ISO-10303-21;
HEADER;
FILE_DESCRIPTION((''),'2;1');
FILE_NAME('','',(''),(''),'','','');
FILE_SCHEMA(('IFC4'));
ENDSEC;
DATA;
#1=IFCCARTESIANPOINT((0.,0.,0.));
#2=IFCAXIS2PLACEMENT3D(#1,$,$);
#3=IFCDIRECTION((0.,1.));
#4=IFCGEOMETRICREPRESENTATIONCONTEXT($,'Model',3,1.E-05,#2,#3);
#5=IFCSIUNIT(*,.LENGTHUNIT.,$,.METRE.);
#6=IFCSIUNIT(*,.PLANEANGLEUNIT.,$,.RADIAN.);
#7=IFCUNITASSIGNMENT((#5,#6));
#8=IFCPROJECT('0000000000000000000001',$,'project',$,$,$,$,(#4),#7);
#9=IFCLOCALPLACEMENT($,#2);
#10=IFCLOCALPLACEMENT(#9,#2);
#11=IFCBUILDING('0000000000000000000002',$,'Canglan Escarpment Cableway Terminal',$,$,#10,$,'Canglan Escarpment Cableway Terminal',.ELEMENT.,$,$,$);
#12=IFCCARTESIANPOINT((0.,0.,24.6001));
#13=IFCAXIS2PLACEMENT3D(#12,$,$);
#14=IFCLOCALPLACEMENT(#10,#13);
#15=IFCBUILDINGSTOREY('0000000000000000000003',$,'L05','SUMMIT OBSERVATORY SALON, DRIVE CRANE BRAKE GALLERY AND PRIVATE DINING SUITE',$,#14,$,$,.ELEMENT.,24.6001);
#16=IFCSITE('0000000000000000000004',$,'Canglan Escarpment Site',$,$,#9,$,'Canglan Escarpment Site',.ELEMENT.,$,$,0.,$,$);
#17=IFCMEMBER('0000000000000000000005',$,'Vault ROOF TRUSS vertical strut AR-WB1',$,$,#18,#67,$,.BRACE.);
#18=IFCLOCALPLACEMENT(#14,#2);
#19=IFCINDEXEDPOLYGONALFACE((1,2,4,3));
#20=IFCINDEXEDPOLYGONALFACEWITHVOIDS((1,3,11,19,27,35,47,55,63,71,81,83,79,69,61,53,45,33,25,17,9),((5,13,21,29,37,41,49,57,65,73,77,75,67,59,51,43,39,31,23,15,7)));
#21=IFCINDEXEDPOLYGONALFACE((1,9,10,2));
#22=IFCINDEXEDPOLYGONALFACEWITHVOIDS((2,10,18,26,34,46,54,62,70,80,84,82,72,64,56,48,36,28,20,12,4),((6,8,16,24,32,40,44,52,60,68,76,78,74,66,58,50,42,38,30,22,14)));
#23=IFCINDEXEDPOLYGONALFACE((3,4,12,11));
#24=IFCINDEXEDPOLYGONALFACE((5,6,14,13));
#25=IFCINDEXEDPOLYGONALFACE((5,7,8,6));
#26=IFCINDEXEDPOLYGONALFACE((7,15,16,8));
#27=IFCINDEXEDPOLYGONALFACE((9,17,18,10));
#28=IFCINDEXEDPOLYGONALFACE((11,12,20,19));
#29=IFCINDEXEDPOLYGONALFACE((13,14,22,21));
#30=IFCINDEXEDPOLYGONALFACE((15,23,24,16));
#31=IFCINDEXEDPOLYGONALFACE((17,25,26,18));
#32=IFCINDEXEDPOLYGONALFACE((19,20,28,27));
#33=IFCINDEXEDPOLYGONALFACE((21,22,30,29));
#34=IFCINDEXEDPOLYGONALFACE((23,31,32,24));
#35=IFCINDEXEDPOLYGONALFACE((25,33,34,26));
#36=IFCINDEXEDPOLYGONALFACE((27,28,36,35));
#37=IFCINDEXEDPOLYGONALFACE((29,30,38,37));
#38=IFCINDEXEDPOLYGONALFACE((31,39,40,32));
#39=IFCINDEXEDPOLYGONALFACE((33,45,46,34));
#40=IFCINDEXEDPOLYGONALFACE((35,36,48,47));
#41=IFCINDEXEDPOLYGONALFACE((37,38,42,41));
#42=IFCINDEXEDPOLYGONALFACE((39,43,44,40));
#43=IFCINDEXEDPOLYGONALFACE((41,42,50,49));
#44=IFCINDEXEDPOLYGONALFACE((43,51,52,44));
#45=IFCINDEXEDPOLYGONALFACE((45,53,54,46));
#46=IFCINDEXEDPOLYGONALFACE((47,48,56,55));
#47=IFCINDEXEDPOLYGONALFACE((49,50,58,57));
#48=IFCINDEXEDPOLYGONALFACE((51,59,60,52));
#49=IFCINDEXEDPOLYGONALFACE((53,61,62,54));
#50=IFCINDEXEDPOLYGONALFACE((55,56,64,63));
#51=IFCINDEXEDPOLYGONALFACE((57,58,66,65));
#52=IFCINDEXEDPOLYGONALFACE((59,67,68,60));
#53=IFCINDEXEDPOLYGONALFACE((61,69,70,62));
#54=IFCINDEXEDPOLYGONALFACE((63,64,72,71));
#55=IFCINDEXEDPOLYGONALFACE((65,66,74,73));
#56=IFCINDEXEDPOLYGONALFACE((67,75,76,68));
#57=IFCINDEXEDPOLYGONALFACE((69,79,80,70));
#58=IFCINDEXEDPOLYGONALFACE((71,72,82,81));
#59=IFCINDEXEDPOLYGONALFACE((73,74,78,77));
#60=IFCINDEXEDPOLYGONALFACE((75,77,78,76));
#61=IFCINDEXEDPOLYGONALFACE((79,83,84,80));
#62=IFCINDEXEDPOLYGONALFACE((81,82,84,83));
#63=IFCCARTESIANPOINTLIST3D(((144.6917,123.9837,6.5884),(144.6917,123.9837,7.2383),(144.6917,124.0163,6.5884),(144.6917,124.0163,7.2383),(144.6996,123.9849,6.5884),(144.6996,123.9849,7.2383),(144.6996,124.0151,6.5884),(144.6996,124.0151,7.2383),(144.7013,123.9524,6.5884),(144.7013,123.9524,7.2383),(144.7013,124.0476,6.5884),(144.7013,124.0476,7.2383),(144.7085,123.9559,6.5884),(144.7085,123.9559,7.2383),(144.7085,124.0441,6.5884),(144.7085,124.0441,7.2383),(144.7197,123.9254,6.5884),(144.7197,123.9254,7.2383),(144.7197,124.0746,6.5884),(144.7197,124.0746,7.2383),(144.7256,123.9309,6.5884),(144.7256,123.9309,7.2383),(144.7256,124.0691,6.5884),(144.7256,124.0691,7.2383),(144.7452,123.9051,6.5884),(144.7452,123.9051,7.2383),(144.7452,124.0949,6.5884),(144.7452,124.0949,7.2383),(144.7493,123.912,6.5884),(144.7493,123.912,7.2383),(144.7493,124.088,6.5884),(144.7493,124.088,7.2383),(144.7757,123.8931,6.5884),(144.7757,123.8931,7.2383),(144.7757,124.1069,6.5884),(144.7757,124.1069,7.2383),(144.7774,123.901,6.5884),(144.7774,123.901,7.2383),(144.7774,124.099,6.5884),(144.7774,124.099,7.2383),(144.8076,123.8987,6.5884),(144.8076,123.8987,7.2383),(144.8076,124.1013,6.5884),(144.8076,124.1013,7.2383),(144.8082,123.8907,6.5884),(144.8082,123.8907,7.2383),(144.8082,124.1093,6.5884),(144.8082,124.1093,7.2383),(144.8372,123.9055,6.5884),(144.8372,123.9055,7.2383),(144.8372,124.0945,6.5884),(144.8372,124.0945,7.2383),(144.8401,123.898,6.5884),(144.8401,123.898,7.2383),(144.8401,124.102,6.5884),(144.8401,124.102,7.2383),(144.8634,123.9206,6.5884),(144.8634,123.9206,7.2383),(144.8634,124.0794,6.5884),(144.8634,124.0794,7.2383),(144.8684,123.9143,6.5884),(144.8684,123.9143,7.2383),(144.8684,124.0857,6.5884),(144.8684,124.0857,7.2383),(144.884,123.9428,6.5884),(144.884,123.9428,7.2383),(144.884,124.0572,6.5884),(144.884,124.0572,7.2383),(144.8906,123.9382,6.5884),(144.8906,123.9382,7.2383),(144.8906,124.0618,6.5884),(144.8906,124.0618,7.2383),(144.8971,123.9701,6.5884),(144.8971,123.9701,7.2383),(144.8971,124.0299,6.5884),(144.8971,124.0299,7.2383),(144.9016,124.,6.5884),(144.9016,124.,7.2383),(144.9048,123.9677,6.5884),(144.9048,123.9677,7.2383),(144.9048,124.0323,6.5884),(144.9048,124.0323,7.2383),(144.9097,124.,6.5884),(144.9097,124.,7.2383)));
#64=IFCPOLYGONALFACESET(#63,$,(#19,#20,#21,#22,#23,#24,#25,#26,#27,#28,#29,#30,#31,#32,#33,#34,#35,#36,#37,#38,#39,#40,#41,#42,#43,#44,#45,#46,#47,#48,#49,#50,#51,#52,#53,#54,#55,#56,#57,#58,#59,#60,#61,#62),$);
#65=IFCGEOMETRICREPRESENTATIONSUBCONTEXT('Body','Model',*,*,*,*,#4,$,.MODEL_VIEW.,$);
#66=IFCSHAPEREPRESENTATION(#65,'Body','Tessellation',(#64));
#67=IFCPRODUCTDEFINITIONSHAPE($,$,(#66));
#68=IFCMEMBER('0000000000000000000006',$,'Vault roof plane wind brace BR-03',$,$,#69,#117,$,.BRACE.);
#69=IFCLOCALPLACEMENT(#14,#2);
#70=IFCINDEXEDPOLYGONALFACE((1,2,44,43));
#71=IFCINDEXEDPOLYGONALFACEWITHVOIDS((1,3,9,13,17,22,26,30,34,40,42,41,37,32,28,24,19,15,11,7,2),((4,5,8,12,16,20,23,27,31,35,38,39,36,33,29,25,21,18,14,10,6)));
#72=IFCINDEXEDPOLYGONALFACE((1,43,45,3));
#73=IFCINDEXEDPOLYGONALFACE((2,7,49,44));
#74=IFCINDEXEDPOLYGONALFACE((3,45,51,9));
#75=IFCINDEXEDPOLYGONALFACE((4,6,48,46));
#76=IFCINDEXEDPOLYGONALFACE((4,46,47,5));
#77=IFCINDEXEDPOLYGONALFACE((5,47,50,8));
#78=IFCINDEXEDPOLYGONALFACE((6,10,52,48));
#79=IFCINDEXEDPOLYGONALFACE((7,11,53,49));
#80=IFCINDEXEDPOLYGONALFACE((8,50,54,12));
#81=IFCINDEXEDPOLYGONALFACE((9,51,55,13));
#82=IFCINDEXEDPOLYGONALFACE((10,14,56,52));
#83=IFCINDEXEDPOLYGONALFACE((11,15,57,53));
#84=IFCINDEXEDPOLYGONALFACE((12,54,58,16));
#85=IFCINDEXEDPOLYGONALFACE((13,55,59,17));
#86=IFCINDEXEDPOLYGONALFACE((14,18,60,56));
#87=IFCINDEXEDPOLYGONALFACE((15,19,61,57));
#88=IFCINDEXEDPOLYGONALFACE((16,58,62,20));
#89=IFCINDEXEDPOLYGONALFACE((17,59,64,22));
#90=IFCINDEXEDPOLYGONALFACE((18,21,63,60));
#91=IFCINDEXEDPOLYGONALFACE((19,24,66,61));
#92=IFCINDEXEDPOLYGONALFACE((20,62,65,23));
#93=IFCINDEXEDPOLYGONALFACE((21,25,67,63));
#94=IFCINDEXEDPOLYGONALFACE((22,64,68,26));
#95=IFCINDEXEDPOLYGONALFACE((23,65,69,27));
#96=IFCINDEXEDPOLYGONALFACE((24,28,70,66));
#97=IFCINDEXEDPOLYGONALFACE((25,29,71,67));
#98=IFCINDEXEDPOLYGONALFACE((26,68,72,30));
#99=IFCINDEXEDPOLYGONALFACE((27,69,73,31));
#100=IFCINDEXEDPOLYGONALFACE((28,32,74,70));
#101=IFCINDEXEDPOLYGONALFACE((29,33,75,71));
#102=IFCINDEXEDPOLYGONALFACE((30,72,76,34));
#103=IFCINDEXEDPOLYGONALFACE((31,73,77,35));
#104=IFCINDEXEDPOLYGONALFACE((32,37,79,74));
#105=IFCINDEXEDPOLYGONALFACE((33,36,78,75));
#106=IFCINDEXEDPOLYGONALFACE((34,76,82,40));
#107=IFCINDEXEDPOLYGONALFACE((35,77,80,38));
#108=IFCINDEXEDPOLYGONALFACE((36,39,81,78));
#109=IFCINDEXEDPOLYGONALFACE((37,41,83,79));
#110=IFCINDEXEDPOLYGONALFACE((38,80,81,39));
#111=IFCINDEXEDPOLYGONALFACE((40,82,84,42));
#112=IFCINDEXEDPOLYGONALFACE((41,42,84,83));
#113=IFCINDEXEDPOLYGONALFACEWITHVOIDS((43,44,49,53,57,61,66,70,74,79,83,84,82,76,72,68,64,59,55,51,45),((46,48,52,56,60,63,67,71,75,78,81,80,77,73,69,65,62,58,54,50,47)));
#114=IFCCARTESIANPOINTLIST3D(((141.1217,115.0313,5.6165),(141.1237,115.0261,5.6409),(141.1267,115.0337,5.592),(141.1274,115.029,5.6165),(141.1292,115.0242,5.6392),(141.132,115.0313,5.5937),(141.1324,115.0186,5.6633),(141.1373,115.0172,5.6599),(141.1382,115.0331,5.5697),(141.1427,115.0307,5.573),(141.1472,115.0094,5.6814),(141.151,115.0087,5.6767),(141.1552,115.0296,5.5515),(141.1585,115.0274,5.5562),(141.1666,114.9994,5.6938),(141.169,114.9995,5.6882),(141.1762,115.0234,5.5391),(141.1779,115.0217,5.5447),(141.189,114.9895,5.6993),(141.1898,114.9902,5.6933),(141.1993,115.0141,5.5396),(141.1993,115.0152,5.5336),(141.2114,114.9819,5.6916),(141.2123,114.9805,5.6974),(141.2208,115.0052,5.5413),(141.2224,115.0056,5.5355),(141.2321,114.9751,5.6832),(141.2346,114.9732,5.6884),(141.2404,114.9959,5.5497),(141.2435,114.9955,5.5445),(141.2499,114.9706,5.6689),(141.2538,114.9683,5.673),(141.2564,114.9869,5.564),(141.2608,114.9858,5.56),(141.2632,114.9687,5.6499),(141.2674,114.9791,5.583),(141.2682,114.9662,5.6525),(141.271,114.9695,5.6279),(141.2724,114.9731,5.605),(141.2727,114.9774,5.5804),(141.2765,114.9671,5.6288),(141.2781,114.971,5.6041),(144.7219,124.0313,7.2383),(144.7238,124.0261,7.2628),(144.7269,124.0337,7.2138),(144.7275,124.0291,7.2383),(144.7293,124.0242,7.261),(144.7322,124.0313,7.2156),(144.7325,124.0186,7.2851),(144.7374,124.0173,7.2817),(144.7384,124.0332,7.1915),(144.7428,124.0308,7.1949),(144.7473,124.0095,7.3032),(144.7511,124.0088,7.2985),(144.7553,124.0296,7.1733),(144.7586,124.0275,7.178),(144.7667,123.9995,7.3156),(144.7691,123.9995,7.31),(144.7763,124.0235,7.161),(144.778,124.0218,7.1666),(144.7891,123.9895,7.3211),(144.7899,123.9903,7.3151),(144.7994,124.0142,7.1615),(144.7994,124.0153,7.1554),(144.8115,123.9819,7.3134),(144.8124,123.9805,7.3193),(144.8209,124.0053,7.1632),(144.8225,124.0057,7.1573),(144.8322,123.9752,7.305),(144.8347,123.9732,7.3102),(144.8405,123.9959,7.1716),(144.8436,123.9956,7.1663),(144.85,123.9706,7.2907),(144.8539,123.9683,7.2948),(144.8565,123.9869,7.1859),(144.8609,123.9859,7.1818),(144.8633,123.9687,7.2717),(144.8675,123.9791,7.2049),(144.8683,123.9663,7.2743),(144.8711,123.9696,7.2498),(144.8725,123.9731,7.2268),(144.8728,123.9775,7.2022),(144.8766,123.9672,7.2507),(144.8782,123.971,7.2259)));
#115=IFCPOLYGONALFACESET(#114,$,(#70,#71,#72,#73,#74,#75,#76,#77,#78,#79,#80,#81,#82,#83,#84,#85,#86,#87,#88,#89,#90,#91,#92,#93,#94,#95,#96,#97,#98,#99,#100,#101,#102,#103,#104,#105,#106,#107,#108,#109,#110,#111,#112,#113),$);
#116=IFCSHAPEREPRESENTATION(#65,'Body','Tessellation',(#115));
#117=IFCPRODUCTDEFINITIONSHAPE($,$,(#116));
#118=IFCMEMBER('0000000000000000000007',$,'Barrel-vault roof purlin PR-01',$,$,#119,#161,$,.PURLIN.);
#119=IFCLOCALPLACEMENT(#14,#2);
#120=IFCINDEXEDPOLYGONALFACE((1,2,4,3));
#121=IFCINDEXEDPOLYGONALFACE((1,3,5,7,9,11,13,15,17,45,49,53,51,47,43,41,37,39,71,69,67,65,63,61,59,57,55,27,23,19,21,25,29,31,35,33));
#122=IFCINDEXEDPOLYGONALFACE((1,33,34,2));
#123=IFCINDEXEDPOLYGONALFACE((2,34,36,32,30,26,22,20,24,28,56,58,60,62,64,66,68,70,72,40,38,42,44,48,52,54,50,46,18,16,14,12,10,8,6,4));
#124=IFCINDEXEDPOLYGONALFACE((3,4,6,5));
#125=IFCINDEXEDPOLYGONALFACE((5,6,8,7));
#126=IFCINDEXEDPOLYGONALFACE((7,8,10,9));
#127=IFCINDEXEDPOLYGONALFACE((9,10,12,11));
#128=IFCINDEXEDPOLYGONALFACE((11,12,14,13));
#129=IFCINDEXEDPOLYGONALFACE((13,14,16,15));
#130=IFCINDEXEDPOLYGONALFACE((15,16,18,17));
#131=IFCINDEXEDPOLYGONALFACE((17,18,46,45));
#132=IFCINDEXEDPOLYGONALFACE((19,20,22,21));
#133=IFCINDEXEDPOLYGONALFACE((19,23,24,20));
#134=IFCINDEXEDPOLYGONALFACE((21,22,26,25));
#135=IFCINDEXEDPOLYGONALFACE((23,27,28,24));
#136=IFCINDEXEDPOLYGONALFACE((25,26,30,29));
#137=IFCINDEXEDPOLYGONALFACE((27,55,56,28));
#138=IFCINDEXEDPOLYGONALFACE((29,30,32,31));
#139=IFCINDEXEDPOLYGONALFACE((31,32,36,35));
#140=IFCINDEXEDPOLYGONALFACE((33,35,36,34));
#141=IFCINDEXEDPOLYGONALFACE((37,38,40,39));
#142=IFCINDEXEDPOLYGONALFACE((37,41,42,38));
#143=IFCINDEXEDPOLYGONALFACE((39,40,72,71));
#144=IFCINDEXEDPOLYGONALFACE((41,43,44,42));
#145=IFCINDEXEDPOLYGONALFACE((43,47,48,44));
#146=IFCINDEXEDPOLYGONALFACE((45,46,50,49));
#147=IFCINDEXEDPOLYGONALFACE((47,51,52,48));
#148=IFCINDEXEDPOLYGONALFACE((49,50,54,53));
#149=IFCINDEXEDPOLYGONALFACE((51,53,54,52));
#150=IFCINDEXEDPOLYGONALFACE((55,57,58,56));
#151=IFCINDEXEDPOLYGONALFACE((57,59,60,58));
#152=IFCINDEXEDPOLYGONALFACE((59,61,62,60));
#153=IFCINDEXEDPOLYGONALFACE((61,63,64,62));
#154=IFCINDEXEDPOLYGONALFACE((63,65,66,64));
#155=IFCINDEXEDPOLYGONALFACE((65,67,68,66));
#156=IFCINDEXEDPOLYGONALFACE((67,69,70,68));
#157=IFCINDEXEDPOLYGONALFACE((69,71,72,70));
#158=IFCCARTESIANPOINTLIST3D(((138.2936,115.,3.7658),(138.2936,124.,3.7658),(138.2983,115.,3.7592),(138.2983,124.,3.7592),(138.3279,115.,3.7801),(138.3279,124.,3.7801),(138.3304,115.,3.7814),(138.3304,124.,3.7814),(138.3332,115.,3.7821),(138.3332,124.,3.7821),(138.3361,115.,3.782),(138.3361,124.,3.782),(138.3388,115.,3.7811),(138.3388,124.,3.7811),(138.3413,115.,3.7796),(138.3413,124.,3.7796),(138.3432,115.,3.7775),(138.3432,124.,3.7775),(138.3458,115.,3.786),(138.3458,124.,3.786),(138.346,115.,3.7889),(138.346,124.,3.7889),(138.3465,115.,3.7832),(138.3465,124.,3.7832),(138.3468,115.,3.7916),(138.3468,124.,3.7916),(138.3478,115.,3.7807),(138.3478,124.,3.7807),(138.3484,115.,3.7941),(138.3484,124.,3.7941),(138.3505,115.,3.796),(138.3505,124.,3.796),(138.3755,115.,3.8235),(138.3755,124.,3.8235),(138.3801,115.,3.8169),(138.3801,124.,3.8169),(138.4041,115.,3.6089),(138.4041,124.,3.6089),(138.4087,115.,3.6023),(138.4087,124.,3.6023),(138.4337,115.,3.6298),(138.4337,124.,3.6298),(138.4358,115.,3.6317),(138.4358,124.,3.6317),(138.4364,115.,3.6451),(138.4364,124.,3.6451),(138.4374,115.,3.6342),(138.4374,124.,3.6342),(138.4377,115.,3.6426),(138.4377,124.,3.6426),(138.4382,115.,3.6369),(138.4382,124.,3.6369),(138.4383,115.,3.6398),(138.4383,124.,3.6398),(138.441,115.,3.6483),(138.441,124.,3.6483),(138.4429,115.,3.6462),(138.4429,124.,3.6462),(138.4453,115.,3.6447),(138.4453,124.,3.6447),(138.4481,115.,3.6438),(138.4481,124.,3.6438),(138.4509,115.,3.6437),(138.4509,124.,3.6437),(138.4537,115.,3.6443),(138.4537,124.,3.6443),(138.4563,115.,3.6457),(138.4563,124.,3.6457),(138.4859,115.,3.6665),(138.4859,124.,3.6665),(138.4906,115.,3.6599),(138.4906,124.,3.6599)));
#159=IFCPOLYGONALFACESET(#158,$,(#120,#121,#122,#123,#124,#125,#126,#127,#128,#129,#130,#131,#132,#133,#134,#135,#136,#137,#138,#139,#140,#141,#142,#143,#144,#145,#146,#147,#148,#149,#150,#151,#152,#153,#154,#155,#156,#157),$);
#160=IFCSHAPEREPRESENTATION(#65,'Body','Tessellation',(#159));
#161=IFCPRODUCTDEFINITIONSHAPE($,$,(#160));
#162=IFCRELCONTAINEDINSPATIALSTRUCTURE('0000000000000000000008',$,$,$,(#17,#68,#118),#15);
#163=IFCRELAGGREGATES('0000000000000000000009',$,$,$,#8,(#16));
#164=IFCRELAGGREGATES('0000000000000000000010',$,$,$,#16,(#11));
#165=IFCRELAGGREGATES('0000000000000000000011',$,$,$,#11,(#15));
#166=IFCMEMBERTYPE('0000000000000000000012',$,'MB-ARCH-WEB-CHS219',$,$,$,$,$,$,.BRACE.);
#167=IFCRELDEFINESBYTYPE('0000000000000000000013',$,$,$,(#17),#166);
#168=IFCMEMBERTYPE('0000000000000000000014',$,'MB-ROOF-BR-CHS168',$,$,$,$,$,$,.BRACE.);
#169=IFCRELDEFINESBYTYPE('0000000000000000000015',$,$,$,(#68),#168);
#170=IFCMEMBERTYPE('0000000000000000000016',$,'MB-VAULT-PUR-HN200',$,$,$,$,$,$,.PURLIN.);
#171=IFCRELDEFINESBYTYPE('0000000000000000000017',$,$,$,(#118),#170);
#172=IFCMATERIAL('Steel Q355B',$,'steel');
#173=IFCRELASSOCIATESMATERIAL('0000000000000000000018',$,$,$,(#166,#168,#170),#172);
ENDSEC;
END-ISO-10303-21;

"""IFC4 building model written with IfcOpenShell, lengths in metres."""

from ifc_helpers import new_model, si_unit, direction, frame, origin, origin_2d, place, context, subcontext, project, spatial, hollow_circle, i_section, extrude, material, material_profile, profile_set, type_object, element, save


model = new_model("IFC4")

# Units and contexts
model_context = context("Model", 3, precision=1e-05, world=origin(), true_north=direction((0.0, 1.0)))
body_context = subcontext(model_context, "Body", "Model", "MODEL_VIEW")
ifc_project = project(units=[si_unit("LENGTHUNIT", "METRE"), si_unit("PLANEANGLEUNIT", "RADIAN")], contexts=[model_context])

# Site, building, storey
site_placement = place(None, origin())
site = spatial("IfcSite", under=ifc_project, at=site_placement, Name="Canglan Escarpment Site", LongName="Canglan Escarpment Site", CompositionType="ELEMENT", RefElevation=0.0)
building_placement = place(site_placement, origin())
building = spatial("IfcBuilding", under=site, at=building_placement, Name="Canglan Escarpment Cableway Terminal", LongName="Canglan Escarpment Cableway Terminal", CompositionType="ELEMENT")
storey_placement = place(building_placement, frame((0.0, 0.0, 24.6001)))
storey = spatial("IfcBuildingStorey", under=building, at=storey_placement, Name="L05", Description="SUMMIT OBSERVATORY SALON, DRIVE CRANE BRAKE GALLERY AND PRIVATE DINING SUITE", CompositionType="ELEMENT", Elevation=24.6001)

# Shared definitions
ifc_material_1 = material(Name="Steel Q355B", Category="steel")

# Members
ifc_material_profile_1 = material_profile(ifc_material_1, hollow_circle(Radius=0.1096, WallThickness=0.0081, at=origin_2d()), Name="CHS 219.1x8")
ifc_profile_set_1 = profile_set([ifc_material_profile_1], Name="Steel Q355B")
member_type_1 = type_object("IfcMemberType", Name="MB-ARCH-WEB-CHS219", PredefinedType="BRACE", material=ifc_profile_set_1)
for number, where, z_axis, x_axis, name in (
    (1, (144.8, 124.0, 6.5884), (0.0, 0.0, 1.0), (1.0, 0.0, 0.0), "Vault ROOF TRUSS vertical strut AR-WB1"),
):
    element("IfcMember", number, at=place(storey_placement, frame(where, z_axis=z_axis, x_axis=x_axis)), inside=storey, type_object=member_type_1, Name=name, PredefinedType="BRACE", context=body_context, shape_type="SweptSolid", body=[
        extrude(hollow_circle(Radius=0.1096, WallThickness=0.0081, at=origin_2d()), origin(), (0.0, 0.0, 1.0), 0.6499),
    ])
ifc_material_profile_2 = material_profile(ifc_material_1, hollow_circle(Radius=0.0842, WallThickness=0.0061, at=origin_2d()), Name="CHS 168.3x6")
ifc_profile_set_2 = profile_set([ifc_material_profile_2], Name="Steel Q355B")
member_type_2 = type_object("IfcMemberType", Name="MB-ROOF-BR-CHS168", PredefinedType="BRACE", material=ifc_profile_set_2)
member_1_placement = place(storey_placement, frame((141.2, 115.0, 5.6165), z_axis=(0.366308, 0.915744, 0.16502), x_axis=(-0.928473, 0.371399, 0.0)))
element("IfcMember", 2, at=member_1_placement, inside=storey, type_object=member_type_2, Name="Vault roof plane wind brace BR-03", PredefinedType="BRACE", context=body_context, shape_type="SweptSolid", body=[
    extrude(hollow_circle(Radius=0.0842, WallThickness=0.0061, at=origin_2d()), origin(), (0.0, 0.0, 1.0), 9.8281),
])
ifc_material_profile_3 = material_profile(ifc_material_1, i_section(OverallWidth=0.1001, OverallDepth=0.2, WebThickness=0.0056, FlangeThickness=0.0081, FilletRadius=0.011, at=origin_2d()), Name="HN 200x100x5.5x8")
ifc_profile_set_3 = profile_set([ifc_material_profile_3], Name="Steel Q355B")
member_type_3 = type_object("IfcMemberType", Name="MB-VAULT-PUR-HN200", PredefinedType="PURLIN", material=ifc_profile_set_3)
for number, where, z_axis, x_axis, name in (
    (3, (138.3921, 115.0, 3.7129), (0.0, 1.0, 0.0), (-0.817728, 0.0, -0.575605), "Barrel-vault roof purlin PR-01"),
):
    element("IfcMember", number, at=place(storey_placement, frame(where, z_axis=z_axis, x_axis=x_axis)), inside=storey, type_object=member_type_3, Name=name, PredefinedType="PURLIN", context=body_context, shape_type="SweptSolid", body=[
        extrude(i_section(OverallWidth=0.1001, OverallDepth=0.2, WebThickness=0.0056, FlangeThickness=0.0081, FilletRadius=0.011, at=origin_2d()), origin(), (0.0, 0.0, 1.0), 9.0),
    ])

save(model, "model.ifc")
